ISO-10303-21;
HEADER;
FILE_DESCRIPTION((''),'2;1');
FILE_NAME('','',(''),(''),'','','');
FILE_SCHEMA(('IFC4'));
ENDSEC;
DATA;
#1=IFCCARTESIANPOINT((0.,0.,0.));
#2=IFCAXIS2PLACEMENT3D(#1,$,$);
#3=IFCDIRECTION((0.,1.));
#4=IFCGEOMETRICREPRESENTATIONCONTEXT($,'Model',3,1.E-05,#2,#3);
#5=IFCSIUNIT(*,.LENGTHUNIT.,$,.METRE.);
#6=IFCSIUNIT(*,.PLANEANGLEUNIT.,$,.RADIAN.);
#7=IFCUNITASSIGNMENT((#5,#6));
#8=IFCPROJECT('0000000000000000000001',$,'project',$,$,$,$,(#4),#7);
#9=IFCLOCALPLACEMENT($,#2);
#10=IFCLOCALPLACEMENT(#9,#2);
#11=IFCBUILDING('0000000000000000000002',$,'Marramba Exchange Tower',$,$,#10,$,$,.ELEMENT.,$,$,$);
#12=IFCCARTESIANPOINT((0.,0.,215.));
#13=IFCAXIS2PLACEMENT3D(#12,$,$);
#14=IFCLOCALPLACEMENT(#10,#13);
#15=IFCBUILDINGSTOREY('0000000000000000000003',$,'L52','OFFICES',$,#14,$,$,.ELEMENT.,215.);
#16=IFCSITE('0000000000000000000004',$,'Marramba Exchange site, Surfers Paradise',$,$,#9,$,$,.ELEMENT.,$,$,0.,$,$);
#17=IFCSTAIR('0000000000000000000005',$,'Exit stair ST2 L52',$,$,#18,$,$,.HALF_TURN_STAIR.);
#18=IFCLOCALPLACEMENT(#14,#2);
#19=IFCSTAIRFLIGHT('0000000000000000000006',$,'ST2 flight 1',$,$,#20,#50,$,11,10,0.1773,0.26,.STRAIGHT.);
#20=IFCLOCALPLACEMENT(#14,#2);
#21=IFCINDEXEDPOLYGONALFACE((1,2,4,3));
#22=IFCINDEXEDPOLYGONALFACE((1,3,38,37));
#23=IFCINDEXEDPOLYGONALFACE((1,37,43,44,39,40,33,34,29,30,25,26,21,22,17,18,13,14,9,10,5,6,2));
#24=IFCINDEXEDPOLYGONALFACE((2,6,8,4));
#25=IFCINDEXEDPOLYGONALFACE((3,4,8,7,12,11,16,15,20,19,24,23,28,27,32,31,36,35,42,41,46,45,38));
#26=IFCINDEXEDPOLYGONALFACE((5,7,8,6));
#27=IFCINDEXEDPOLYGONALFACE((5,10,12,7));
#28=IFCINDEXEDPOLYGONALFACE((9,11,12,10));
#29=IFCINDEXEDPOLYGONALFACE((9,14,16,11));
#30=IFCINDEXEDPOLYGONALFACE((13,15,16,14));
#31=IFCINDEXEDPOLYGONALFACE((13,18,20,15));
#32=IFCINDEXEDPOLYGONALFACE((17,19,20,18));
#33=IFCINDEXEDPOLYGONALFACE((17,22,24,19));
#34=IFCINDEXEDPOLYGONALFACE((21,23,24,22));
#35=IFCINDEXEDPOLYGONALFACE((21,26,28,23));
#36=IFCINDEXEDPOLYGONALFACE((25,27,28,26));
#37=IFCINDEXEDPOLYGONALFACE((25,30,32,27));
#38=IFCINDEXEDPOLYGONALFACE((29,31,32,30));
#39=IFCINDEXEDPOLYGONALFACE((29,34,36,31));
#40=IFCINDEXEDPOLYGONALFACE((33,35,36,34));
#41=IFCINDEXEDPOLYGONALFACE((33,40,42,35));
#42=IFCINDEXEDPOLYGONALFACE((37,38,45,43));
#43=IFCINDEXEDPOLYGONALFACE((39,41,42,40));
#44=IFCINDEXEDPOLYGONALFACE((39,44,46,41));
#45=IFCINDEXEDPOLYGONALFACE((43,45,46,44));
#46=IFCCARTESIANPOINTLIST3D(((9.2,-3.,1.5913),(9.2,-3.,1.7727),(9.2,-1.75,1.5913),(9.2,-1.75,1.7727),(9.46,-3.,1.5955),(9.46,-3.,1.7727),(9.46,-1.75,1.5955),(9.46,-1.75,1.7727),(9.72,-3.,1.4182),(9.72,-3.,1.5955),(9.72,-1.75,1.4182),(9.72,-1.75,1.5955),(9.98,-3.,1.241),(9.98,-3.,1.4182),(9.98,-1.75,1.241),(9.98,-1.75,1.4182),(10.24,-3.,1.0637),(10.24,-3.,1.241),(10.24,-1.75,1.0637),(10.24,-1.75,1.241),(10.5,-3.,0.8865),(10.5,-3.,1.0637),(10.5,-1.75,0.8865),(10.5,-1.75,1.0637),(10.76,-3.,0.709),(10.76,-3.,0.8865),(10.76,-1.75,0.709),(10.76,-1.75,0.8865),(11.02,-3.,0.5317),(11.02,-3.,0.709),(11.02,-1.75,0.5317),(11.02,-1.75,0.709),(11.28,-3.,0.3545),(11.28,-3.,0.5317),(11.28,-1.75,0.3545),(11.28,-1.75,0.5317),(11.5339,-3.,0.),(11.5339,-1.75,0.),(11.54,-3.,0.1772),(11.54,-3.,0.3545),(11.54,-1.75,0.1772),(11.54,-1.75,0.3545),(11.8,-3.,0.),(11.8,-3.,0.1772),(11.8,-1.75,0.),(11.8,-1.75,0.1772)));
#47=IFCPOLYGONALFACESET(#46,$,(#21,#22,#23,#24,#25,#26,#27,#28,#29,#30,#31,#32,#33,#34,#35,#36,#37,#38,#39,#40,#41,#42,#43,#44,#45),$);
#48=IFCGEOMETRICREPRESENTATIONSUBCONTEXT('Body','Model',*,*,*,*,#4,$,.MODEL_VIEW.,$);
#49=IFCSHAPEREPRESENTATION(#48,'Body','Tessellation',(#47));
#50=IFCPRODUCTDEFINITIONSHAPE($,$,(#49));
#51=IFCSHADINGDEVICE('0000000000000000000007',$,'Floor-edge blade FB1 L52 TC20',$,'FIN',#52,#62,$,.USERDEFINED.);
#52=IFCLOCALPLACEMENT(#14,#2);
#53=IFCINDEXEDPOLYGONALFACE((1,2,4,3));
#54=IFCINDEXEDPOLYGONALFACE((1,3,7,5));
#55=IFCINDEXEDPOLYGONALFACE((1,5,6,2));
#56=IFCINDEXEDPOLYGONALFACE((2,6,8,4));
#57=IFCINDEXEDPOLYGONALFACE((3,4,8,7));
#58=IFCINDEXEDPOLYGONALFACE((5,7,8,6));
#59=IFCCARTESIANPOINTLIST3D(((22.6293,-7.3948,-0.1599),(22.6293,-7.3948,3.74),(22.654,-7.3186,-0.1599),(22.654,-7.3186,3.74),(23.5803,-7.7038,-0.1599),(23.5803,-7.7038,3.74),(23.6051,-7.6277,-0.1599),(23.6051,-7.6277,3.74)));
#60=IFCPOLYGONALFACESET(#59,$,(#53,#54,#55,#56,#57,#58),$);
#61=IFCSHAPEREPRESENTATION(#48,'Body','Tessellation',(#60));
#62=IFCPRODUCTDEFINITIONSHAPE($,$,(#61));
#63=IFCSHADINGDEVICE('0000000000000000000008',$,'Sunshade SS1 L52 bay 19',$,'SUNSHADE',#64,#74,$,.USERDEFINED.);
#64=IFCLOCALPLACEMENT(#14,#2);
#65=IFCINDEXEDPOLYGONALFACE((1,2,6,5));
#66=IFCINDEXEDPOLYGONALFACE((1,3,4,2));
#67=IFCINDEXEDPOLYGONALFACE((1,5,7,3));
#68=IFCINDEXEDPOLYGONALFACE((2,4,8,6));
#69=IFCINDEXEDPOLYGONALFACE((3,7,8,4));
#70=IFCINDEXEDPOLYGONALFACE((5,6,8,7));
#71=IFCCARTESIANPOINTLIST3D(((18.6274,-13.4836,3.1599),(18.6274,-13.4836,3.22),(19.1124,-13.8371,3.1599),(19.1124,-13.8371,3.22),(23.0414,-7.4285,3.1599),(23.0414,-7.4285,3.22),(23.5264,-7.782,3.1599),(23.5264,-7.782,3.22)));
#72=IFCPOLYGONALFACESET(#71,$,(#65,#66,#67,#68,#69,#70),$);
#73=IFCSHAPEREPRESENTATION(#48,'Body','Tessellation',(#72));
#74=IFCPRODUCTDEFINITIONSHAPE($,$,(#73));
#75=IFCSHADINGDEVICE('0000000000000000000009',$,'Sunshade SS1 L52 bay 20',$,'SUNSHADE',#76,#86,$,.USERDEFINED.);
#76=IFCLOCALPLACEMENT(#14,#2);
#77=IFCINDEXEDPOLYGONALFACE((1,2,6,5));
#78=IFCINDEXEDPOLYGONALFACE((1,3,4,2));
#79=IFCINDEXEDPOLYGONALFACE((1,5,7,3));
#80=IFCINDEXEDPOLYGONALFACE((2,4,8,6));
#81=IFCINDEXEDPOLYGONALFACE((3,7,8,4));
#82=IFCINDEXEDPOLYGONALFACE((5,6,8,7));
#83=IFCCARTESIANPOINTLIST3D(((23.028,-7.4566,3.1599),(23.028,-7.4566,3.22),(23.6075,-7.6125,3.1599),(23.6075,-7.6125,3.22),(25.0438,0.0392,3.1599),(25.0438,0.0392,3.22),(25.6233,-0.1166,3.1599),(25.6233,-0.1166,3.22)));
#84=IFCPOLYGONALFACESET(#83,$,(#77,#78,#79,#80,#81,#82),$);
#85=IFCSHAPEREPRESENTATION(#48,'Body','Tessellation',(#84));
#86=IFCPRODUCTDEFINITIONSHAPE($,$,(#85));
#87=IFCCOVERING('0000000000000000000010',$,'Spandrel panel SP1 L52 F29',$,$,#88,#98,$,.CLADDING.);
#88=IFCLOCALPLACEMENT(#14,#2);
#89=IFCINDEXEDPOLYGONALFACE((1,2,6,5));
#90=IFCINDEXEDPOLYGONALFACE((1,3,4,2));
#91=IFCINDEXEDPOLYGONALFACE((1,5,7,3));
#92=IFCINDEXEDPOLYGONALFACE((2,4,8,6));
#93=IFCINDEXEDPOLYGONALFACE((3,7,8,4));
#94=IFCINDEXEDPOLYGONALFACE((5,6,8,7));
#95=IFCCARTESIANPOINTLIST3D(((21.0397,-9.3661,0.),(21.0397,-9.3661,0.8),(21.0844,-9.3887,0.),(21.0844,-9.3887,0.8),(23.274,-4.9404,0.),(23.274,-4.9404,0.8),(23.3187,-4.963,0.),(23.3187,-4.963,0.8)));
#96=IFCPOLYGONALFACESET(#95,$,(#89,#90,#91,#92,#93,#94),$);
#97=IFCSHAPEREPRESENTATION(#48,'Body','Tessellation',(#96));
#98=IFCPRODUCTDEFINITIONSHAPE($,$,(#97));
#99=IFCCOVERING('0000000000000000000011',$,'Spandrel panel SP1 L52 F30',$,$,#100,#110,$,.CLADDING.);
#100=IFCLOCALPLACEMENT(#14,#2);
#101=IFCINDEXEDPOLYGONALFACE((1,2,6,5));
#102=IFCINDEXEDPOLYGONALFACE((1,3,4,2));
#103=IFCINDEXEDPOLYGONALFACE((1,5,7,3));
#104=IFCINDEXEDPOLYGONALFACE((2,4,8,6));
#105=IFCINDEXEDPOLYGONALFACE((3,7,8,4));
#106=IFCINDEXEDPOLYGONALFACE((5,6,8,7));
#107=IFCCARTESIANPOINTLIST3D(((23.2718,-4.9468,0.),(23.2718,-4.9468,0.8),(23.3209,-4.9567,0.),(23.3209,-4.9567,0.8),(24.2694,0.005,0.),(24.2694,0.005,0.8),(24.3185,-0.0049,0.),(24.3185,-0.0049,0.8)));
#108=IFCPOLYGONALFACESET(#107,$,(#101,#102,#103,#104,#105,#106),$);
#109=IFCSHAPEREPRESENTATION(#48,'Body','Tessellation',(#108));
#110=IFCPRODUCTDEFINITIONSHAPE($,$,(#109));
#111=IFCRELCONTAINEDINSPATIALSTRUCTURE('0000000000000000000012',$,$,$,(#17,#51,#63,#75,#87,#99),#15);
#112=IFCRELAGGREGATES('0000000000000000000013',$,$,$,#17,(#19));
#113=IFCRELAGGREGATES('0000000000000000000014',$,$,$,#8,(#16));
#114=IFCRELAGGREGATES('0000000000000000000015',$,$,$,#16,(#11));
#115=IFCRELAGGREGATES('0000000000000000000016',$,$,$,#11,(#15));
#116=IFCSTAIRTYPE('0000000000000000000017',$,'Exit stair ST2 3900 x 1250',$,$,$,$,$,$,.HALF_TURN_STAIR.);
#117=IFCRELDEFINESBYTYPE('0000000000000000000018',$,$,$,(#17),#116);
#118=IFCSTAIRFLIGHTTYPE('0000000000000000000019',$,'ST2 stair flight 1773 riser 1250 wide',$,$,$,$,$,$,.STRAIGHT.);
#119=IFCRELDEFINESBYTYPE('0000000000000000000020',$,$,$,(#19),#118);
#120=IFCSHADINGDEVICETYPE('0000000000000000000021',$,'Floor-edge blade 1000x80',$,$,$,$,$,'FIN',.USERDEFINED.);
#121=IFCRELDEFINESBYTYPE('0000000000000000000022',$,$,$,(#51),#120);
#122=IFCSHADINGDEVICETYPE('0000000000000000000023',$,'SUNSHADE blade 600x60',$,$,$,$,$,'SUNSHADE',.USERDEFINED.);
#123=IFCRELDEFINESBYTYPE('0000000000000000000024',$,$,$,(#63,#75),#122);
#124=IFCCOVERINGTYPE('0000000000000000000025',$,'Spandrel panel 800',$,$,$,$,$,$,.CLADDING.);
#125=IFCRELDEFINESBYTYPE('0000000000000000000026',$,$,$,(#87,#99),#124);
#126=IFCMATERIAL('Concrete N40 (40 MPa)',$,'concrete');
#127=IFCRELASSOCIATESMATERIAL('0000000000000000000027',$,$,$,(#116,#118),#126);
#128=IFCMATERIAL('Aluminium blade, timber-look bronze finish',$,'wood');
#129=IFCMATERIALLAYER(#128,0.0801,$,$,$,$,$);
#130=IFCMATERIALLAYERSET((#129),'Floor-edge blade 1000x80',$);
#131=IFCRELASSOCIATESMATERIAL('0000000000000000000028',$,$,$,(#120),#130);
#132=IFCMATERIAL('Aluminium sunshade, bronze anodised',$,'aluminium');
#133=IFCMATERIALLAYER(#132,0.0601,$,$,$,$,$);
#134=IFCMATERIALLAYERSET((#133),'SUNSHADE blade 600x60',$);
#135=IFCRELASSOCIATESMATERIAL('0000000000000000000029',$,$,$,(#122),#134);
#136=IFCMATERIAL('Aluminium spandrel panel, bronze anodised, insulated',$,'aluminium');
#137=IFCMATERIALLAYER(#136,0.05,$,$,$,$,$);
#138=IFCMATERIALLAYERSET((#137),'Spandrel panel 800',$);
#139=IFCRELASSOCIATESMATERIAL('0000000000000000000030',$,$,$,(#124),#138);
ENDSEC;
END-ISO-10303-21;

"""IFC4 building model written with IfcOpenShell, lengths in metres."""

from ifc_helpers import new_model, si_unit, direction, frame, origin, origin_2d, place, context, subcontext, project, spatial, polyline, rectangle, outline, extrude, material, layer, layer_set, type_object, element, aggregate, save


model = new_model("IFC4")

# Units and contexts
model_context = context("Model", 3, precision=1e-05, world=origin(), true_north=direction((0.0, 1.0)))
body_context = subcontext(model_context, "Body", "Model", "MODEL_VIEW")
ifc_project = project(units=[si_unit("LENGTHUNIT", "METRE"), si_unit("PLANEANGLEUNIT", "RADIAN")], contexts=[model_context])

# Site, building, storey
site_placement = place(None, origin())
site = spatial("IfcSite", under=ifc_project, at=site_placement, Name="Marramba Exchange site, Surfers Paradise", CompositionType="ELEMENT", RefElevation=0.0)
building_placement = place(site_placement, origin())
building = spatial("IfcBuilding", under=site, at=building_placement, Name="Marramba Exchange Tower", CompositionType="ELEMENT")
storey_placement = place(building_placement, frame((0.0, 0.0, 215.0)))
storey = spatial("IfcBuildingStorey", under=building, at=storey_placement, Name="L52", Description="OFFICES", CompositionType="ELEMENT", Elevation=215.0)

# Stair, stair flight
ifc_material_1 = material(Name="Concrete N40 (40 MPa)", Category="concrete")
stair_type = type_object("IfcStairType", Name="Exit stair ST2 3900 x 1250", PredefinedType="HALF_TURN_STAIR", material=ifc_material_1)
stair_placement = place(storey_placement, origin())
stair = element("IfcStair", 1, at=stair_placement, inside=storey, type_object=stair_type, Name="Exit stair ST2 L52", PredefinedType="HALF_TURN_STAIR")
stair_flight_type = type_object("IfcStairFlightType", Name="ST2 stair flight 1773 riser 1250 wide", PredefinedType="STRAIGHT", material=ifc_material_1)
stair_flight_placement = place(storey_placement, frame((11.8, -2.375, 0.0), z_axis=(0.0, 0.0, 1.0), x_axis=(-1.0, 0.0, 0.0)))
stair_flight = element("IfcStairFlight", 2, at=stair_flight_placement, type_object=stair_flight_type, Name="ST2 flight 1", NumberOfRisers=11, NumberOfTreads=10, PredefinedType="STRAIGHT", RiserHeight=0.1773, TreadLength=0.26, context=body_context, shape_type="SweptSolid", body=[
    extrude(outline(polyline([(0.0, 0.0), (0.0, 0.1772), (0.26, 0.1772), (0.26, 0.3545), (0.52, 0.3545), (0.52, 0.5317), (0.78, 0.5317), (0.78, 0.709), (1.04, 0.709), (1.04, 0.8865), (1.3, 0.8865), (1.3, 1.0637), (1.5601, 1.0637), (1.5601, 1.241), (1.8201, 1.241), (1.8201, 1.4182), (2.0801, 1.4182), (2.0801, 1.5955), (2.3401, 1.5955), (2.3401, 1.7727), (2.6001, 1.7727), (2.6001, 1.95), (2.6001, 1.5913), (0.2661, 0.0), (0.0, 0.0)])), frame((0.0, 0.625, 0.0), z_axis=(0.0, -1.0, 0.0), x_axis=(1.0, 0.0, 0.0)), (0.0, 0.0, 1.0), 1.25),
])
aggregate(stair, [stair_flight])

# Shading devices
ifc_material_2 = material(Name="Aluminium blade, timber-look bronze finish", Category="wood")
ifc_layer_1 = layer(ifc_material_2, 0.0801)
ifc_layer_set_1 = layer_set([ifc_layer_1], Name="Floor-edge blade 1000x80")
shading_device_type_1 = type_object("IfcShadingDeviceType", Name="Floor-edge blade 1000x80", ElementType="FIN", PredefinedType="USERDEFINED", material=ifc_layer_set_1)
shading_device_1_placement = place(storey_placement, frame((23.1172, -7.5112, -0.1599), z_axis=(0.0, 0.0, 1.0), x_axis=(0.951057, -0.309017, 0.0)))
element("IfcShadingDevice", 3, at=shading_device_1_placement, inside=storey, type_object=shading_device_type_1, Name="Floor-edge blade FB1 L52 TC20", ObjectType="FIN", PredefinedType="USERDEFINED", context=body_context, shape_type="SweptSolid", body=[
    extrude(rectangle(XDim=1.0, YDim=0.0801, at=origin_2d()), origin(), (0.0, 0.0, 1.0), 3.8999),
])
ifc_material_3 = material(Name="Aluminium sunshade, bronze anodised", Category="aluminium")
ifc_layer_2 = layer(ifc_material_3, 0.0601)
ifc_layer_set_2 = layer_set([ifc_layer_2], Name="SUNSHADE blade 600x60")
shading_device_type_2 = type_object("IfcShadingDeviceType", Name="SUNSHADE blade 600x60", ElementType="SUNSHADE", PredefinedType="USERDEFINED", material=ifc_layer_set_2)
shading_device_2_placement = place(storey_placement, frame((21.0769, -10.6328, 3.1599), z_axis=(0.0, 0.0, 1.0), x_axis=(0.589072, 0.808081, 0.0)))
element("IfcShadingDevice", 4, at=shading_device_2_placement, inside=storey, type_object=shading_device_type_2, Name="Sunshade SS1 L52 bay 19", ObjectType="SUNSHADE", PredefinedType="USERDEFINED", context=body_context, shape_type="SweptSolid", body=[
    extrude(rectangle(XDim=7.4932, YDim=0.6001, at=origin_2d()), origin(), (0.0, 0.0, 1.0), 0.0601),
])
shading_device_3_placement = place(storey_placement, frame((24.3257, -3.7866, 3.1599), z_axis=(0.0, 0.0, 1.0), x_axis=(0.259692, 0.965691, 0.0)))
element("IfcShadingDevice", 5, at=shading_device_3_placement, inside=storey, type_object=shading_device_type_2, Name="Sunshade SS1 L52 bay 20", ObjectType="SUNSHADE", PredefinedType="USERDEFINED", context=body_context, shape_type="SweptSolid", body=[
    extrude(rectangle(XDim=7.7622, YDim=0.6001, at=origin_2d()), origin(), (0.0, 0.0, 1.0), 0.0601),
])

# Coverings
ifc_material_4 = material(Name="Aluminium spandrel panel, bronze anodised, insulated", Category="aluminium")
ifc_layer_3 = layer(ifc_material_4, 0.05)
ifc_layer_set_3 = layer_set([ifc_layer_3], Name="Spandrel panel 800")
covering_type = type_object("IfcCoveringType", Name="Spandrel panel 800", PredefinedType="CLADDING", material=ifc_layer_set_3)
covering_1_placement = place(storey_placement, frame((22.1792, -7.1646, 0.0), z_axis=(0.0, 0.0, 1.0), x_axis=(0.450673, 0.892689, 0.0)))
element("IfcCovering", 6, at=covering_1_placement, inside=storey, type_object=covering_type, Name="Spandrel panel SP1 L52 F29", PredefinedType="CLADDING", context=body_context, shape_type="SweptSolid", body=[
    extrude(rectangle(XDim=4.9578, YDim=0.05, at=origin_2d()), origin(), (0.0, 0.0, 1.0), 0.8),
])
covering_2_placement = place(storey_placement, frame((23.7952, -2.4758, 0.0), z_axis=(0.0, 0.0, 1.0), x_axis=(0.197495, 0.980304, 0.0)))
element("IfcCovering", 7, at=covering_2_placement, inside=storey, type_object=covering_type, Name="Spandrel panel SP1 L52 F30", PredefinedType="CLADDING", context=body_context, shape_type="SweptSolid", body=[
    extrude(rectangle(XDim=5.0513, YDim=0.05, at=origin_2d()), origin(), (0.0, 0.0, 1.0), 0.8),
])

save(model, "model.ifc")
